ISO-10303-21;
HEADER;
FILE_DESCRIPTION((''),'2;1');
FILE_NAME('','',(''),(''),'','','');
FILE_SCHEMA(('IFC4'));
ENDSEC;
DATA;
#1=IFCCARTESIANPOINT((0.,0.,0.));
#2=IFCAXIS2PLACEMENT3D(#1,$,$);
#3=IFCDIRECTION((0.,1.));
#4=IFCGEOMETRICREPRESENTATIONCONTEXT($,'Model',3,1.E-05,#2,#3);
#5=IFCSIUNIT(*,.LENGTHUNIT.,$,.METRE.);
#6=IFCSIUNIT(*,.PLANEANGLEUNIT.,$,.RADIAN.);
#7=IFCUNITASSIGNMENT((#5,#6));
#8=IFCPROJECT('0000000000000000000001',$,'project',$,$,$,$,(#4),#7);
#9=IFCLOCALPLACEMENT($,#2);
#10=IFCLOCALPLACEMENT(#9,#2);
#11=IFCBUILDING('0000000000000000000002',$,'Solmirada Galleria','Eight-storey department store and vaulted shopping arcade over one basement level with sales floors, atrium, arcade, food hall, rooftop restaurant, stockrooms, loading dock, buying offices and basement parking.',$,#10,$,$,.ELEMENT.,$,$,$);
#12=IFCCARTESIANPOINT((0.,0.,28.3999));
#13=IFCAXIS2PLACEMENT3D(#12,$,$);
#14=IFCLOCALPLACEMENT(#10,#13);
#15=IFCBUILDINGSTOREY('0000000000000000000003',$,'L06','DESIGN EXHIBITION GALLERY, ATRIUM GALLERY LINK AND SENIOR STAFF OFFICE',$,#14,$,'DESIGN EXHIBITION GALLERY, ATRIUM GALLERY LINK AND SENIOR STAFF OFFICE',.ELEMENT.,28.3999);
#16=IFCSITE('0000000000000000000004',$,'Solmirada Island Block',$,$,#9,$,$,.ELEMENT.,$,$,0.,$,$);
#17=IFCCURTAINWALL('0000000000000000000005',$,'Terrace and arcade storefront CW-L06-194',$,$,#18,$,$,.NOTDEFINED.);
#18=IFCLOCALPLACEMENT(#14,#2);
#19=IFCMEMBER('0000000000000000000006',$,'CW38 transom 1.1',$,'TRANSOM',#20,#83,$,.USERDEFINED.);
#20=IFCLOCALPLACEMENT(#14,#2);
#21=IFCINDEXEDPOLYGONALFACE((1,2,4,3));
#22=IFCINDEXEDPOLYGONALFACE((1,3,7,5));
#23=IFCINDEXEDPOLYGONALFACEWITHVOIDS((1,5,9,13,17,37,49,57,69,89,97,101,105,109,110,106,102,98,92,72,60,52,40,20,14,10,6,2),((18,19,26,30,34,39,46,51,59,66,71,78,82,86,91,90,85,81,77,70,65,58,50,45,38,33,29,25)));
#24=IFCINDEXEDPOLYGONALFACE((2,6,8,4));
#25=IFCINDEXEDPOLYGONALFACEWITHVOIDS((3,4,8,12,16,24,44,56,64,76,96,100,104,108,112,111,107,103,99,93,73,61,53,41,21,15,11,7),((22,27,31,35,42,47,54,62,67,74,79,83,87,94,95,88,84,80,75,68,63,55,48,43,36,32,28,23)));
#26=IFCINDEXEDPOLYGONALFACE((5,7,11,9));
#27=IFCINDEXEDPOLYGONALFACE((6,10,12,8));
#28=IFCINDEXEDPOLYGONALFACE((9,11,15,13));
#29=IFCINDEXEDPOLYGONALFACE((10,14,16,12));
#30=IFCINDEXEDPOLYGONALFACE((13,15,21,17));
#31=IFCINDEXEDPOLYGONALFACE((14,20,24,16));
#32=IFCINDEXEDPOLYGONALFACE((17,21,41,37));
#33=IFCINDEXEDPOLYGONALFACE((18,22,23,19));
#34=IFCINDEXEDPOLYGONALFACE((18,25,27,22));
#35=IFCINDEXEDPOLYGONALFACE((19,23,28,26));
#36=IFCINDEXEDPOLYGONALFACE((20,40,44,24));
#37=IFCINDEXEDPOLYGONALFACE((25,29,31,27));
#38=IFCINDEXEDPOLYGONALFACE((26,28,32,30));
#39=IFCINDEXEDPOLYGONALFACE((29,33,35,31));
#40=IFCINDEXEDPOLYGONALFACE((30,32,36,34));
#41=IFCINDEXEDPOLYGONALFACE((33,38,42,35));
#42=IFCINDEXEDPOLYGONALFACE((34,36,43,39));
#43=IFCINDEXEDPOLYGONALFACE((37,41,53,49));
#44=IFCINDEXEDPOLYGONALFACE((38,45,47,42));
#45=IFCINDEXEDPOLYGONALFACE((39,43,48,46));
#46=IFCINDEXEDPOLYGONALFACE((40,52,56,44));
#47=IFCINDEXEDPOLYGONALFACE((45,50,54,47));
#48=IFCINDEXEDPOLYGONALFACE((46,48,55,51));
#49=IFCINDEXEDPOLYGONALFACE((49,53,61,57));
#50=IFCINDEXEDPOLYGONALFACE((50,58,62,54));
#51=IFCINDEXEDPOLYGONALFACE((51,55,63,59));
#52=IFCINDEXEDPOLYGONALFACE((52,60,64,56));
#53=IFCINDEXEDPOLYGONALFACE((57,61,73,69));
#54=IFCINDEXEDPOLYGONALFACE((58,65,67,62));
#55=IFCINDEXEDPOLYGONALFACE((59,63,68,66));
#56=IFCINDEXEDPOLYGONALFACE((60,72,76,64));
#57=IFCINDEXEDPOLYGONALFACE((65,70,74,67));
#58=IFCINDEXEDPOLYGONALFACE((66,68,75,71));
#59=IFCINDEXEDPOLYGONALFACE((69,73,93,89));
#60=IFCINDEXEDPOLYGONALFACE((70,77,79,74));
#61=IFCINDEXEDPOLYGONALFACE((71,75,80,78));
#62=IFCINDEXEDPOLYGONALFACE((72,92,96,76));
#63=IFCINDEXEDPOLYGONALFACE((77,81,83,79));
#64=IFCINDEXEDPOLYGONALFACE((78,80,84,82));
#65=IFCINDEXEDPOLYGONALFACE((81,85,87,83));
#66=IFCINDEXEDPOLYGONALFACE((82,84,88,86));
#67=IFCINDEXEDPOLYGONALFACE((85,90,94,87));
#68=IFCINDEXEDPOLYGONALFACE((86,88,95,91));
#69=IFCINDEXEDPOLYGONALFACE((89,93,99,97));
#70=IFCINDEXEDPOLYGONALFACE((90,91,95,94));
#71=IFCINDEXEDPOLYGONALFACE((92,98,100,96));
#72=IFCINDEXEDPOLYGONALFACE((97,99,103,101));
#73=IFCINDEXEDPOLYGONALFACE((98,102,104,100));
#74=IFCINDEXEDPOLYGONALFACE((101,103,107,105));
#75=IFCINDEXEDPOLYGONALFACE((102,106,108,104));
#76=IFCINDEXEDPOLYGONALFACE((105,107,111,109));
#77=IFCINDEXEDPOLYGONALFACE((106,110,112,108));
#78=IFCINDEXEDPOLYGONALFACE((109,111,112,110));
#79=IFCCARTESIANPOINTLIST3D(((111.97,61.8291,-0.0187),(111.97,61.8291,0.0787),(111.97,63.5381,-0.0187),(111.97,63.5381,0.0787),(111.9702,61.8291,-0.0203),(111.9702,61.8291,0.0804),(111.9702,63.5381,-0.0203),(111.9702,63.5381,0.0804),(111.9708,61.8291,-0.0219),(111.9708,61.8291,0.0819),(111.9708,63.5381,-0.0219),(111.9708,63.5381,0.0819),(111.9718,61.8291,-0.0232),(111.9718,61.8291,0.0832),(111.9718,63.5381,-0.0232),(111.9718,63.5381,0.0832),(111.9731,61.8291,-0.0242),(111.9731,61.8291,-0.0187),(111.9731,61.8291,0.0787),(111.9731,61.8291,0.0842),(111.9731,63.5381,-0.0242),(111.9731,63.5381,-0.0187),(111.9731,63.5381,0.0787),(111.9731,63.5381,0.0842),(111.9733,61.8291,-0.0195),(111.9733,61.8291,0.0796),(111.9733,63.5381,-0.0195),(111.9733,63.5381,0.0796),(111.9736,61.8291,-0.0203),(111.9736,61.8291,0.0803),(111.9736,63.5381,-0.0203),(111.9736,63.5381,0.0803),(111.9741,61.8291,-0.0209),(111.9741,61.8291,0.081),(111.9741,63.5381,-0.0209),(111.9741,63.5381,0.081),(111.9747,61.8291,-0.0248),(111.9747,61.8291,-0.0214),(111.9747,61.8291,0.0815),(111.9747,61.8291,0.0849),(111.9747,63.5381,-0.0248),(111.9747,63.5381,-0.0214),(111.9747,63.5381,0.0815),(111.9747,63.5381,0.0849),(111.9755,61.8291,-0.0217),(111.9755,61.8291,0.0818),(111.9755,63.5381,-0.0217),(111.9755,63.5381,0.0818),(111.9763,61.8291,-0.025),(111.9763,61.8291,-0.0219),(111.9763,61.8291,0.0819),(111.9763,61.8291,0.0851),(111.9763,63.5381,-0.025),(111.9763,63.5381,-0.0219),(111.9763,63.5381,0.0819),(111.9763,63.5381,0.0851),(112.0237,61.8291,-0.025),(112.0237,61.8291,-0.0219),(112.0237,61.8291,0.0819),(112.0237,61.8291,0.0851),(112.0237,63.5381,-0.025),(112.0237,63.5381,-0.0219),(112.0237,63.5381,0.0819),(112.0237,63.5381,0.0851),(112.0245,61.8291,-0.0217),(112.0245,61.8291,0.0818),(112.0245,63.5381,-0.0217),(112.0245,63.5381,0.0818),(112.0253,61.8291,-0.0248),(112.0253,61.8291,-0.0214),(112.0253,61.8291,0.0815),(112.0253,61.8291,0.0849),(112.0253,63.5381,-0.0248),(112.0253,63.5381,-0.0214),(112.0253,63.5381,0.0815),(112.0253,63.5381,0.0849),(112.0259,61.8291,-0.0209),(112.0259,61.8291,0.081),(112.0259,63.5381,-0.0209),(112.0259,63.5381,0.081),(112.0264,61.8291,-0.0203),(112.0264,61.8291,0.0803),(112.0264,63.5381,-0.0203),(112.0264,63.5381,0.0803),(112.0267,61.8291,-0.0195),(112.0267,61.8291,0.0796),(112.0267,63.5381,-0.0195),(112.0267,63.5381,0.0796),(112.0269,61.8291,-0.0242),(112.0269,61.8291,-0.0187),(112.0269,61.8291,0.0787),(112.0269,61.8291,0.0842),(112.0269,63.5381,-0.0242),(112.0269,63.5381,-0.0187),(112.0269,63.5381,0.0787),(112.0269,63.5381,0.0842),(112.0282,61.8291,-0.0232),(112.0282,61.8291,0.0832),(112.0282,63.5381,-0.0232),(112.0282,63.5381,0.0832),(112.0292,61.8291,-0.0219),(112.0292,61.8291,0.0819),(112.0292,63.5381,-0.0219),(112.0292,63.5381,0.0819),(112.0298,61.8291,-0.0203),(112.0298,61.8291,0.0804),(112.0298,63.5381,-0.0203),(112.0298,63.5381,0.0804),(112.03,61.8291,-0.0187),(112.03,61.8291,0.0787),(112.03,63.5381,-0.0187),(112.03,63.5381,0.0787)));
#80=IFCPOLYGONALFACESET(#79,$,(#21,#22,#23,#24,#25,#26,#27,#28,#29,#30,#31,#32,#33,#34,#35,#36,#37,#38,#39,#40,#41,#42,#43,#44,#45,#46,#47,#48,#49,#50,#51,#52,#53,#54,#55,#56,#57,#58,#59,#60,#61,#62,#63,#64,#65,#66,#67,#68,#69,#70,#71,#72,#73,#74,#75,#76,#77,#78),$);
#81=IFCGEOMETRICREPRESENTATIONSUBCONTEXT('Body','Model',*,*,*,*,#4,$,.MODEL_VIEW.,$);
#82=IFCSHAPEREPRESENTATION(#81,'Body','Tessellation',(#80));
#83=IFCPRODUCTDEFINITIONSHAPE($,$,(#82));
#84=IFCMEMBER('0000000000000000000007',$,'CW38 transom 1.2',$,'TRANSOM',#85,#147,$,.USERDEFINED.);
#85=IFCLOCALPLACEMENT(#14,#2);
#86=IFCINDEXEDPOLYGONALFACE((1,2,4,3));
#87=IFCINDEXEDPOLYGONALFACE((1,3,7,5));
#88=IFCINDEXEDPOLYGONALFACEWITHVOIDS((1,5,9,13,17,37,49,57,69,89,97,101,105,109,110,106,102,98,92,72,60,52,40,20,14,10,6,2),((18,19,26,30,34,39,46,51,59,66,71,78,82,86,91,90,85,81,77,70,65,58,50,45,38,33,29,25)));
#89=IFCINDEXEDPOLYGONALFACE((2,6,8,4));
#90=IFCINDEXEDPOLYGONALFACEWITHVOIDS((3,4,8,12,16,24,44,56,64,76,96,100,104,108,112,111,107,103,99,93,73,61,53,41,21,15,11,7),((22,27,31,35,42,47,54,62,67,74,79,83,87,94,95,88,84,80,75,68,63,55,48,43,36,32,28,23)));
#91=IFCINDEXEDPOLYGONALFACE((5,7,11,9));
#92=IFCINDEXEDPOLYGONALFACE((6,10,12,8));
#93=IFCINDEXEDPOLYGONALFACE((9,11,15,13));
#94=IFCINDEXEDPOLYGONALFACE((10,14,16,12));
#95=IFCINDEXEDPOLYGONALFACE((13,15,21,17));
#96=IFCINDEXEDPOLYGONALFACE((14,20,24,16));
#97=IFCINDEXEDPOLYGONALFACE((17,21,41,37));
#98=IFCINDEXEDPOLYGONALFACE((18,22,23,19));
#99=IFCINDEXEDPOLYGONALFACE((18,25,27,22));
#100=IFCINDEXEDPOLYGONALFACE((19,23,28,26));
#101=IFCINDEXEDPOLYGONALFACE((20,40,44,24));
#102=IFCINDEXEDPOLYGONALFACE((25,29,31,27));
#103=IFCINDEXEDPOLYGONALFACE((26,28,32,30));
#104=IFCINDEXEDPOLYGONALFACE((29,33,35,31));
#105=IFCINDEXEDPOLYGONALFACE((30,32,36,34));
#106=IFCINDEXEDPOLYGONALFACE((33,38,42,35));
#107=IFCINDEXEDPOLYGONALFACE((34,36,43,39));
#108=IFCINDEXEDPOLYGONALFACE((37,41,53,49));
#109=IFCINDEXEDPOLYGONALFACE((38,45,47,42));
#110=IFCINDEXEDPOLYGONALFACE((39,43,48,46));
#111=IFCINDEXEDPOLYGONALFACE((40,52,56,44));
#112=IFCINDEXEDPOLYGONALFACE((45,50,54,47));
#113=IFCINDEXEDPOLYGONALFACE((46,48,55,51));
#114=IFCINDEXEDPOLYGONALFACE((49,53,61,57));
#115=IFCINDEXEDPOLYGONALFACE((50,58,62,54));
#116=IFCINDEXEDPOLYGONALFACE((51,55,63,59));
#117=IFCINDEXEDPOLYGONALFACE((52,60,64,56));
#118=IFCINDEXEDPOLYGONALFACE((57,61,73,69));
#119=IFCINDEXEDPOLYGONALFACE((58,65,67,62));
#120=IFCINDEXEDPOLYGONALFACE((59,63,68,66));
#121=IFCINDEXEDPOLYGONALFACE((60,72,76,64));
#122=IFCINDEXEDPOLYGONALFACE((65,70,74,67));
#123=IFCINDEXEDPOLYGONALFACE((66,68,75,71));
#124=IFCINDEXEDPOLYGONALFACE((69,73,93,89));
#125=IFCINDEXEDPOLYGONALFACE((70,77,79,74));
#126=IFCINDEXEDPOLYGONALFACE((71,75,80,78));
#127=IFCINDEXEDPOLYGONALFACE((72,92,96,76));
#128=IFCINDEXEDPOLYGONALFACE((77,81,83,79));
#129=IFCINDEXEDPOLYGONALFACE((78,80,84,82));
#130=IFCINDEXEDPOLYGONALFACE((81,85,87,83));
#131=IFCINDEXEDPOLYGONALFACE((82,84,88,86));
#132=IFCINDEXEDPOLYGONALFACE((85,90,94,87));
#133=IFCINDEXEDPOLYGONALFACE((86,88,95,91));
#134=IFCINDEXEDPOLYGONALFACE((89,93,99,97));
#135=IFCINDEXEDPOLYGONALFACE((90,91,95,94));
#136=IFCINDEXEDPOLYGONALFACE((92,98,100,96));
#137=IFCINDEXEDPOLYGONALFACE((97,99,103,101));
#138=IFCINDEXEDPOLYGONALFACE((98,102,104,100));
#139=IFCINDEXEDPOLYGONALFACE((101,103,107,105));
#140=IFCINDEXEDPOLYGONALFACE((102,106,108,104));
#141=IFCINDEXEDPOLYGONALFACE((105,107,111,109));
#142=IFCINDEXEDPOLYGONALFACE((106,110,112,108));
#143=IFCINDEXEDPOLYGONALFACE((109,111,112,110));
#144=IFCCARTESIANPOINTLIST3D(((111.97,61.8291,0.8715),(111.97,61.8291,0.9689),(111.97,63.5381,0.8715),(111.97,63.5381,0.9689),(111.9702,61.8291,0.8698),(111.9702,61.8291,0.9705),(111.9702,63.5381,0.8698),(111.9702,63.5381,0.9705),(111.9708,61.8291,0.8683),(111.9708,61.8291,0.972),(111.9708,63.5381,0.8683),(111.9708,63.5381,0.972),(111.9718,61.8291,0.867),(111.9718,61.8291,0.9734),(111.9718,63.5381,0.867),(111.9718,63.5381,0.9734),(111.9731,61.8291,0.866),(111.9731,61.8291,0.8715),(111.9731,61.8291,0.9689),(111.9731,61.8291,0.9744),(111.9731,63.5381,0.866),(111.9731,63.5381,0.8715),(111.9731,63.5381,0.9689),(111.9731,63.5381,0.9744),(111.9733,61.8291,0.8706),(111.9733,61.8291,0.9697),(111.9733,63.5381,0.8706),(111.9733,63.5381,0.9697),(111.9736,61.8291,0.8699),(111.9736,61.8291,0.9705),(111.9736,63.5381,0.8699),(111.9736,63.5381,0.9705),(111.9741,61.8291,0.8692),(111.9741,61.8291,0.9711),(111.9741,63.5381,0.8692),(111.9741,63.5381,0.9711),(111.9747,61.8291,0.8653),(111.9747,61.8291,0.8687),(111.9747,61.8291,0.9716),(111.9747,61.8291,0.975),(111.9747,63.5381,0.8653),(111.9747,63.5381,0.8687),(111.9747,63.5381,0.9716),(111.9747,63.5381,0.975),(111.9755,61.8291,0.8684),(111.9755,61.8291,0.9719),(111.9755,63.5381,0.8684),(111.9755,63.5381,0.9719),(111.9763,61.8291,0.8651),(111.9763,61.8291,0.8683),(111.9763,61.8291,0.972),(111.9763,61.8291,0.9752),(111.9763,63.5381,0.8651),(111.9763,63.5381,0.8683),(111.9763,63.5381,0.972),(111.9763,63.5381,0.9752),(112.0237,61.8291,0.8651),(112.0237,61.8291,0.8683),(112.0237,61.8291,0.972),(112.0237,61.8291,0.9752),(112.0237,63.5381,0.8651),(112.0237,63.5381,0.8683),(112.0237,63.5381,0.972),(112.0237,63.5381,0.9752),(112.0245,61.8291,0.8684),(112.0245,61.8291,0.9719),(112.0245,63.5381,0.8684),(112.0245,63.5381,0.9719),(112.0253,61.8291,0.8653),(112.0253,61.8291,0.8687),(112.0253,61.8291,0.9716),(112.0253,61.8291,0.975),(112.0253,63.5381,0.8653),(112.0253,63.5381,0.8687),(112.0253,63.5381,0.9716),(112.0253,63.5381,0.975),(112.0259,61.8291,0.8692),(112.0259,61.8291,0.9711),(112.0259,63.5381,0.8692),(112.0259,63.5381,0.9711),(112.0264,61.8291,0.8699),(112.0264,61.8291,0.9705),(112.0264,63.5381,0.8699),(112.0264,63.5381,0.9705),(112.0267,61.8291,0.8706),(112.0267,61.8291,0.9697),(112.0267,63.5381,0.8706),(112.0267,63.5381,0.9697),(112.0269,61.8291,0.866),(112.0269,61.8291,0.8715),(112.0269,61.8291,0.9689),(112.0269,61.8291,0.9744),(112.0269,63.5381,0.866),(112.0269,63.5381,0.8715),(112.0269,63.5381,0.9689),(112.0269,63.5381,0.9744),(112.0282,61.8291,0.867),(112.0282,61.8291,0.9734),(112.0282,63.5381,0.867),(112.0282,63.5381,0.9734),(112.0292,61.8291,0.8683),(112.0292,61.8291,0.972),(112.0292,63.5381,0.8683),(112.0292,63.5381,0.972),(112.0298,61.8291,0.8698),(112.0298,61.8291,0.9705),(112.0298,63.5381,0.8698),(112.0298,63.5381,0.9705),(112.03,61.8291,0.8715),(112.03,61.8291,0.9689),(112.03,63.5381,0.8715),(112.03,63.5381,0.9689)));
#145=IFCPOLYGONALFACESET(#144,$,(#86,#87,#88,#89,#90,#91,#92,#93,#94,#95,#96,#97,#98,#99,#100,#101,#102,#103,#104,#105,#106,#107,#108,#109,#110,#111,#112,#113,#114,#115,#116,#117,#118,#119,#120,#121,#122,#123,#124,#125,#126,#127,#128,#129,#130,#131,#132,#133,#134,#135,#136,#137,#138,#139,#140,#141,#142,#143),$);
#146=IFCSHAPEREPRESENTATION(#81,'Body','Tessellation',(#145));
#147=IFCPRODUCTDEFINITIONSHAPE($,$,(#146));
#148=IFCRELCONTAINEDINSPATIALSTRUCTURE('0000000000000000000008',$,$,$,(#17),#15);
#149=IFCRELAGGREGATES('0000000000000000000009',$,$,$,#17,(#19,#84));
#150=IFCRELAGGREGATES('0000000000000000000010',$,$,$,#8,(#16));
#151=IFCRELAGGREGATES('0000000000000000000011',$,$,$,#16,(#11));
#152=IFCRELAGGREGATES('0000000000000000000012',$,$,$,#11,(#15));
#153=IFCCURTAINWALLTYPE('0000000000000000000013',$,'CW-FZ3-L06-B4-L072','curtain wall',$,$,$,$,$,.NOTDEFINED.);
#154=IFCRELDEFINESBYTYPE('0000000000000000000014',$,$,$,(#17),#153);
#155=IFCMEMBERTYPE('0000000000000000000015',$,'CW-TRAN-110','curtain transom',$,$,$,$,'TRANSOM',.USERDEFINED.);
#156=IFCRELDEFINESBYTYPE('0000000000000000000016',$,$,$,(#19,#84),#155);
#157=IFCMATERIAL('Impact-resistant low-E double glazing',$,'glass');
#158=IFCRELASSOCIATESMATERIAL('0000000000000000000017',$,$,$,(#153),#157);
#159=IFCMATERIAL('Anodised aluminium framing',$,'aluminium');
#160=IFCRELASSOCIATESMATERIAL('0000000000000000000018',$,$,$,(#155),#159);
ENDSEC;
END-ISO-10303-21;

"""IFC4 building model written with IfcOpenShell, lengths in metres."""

from ifc_helpers import new_model, si_unit, direction, frame, origin, origin_2d, place, context, subcontext, project, spatial, hollow_rectangle, extrude, material, material_profile, profile_set, type_object, element, aggregate, save


model = new_model("IFC4")

# Units and contexts
model_context = context("Model", 3, precision=1e-05, world=origin(), true_north=direction((0.0, 1.0)))
body_context = subcontext(model_context, "Body", "Model", "MODEL_VIEW")
ifc_project = project(units=[si_unit("LENGTHUNIT", "METRE"), si_unit("PLANEANGLEUNIT", "RADIAN")], contexts=[model_context])

# Site, building, storey
site_placement = place(None, origin())
site = spatial("IfcSite", under=ifc_project, at=site_placement, Name="Solmirada Island Block", CompositionType="ELEMENT", RefElevation=0.0)
building_placement = place(site_placement, origin())
building = spatial("IfcBuilding", under=site, at=building_placement, Name="Solmirada Galleria", Description="Eight-storey department store and vaulted shopping arcade over one basement level with sales floors, atrium, arcade, food hall, rooftop restaurant, stockrooms, loading dock, buying offices and basement parking.", CompositionType="ELEMENT")
storey_placement = place(building_placement, frame((0.0, 0.0, 28.3999)))
storey = spatial("IfcBuildingStorey", under=building, at=storey_placement, Name="L06", Description="DESIGN EXHIBITION GALLERY, ATRIUM GALLERY LINK AND SENIOR STAFF OFFICE", LongName="DESIGN EXHIBITION GALLERY, ATRIUM GALLERY LINK AND SENIOR STAFF OFFICE", CompositionType="ELEMENT", Elevation=28.3999)

# Curtain wall
ifc_material_1 = material(Name="Impact-resistant low-E double glazing", Category="glass")
curtain_wall_type = type_object("IfcCurtainWallType", Name="CW-FZ3-L06-B4-L072", Description="curtain wall", PredefinedType="NOTDEFINED", material=ifc_material_1)
ifc_material_2 = material(Name="Anodised aluminium framing", Category="aluminium")
curtain_wall_1_placement = place(storey_placement, origin())
curtain_wall_1 = element("IfcCurtainWall", 1, at=curtain_wall_1_placement, inside=storey, type_object=curtain_wall_type, Name="Terrace and arcade storefront CW-L06-194", PredefinedType="NOTDEFINED")

# Members
ifc_material_profile_1 = material_profile(ifc_material_2, hollow_rectangle(XDim=0.0601, YDim=0.1101, WallThickness=0.0032, InnerFilletRadius=0.0032, OuterFilletRadius=0.0063, at=origin_2d()), Name="ALU-TRAN-110X60")
ifc_profile_set_1 = profile_set([ifc_material_profile_1], Name="Anodised aluminium framing")
member_type_1 = type_object("IfcMemberType", Name="CW-TRAN-110", Description="curtain transom", ElementType="TRANSOM", PredefinedType="USERDEFINED", material=ifc_profile_set_1)
member_1_placement = place(storey_placement, frame((112.0, 63.5381, 0.03), z_axis=(0.0, -1.0, 0.0), x_axis=(1.0, 0.0, 0.0)))
member_1 = element("IfcMember", 2, at=member_1_placement, type_object=member_type_1, Name="CW38 transom 1.1", ObjectType="TRANSOM", PredefinedType="USERDEFINED", context=body_context, shape_type="SweptSolid", body=[
    extrude(hollow_rectangle(XDim=0.0601, YDim=0.1101, WallThickness=0.0032, InnerFilletRadius=0.0032, OuterFilletRadius=0.0063, at=origin_2d()), origin(), (0.0, 0.0, 1.0), 1.709),
])
member_2_placement = place(storey_placement, frame((112.0, 63.5381, 0.9202), z_axis=(0.0, -1.0, 0.0), x_axis=(1.0, 0.0, 0.0)))
member_2 = element("IfcMember", 3, at=member_2_placement, type_object=member_type_1, Name="CW38 transom 1.2", ObjectType="TRANSOM", PredefinedType="USERDEFINED", context=body_context, shape_type="SweptSolid", body=[
    extrude(hollow_rectangle(XDim=0.0601, YDim=0.1101, WallThickness=0.0032, InnerFilletRadius=0.0032, OuterFilletRadius=0.0063, at=origin_2d()), origin(), (0.0, 0.0, 1.0), 1.709),
])

aggregate(curtain_wall_1, [member_1, member_2])

save(model, "model.ifc")
